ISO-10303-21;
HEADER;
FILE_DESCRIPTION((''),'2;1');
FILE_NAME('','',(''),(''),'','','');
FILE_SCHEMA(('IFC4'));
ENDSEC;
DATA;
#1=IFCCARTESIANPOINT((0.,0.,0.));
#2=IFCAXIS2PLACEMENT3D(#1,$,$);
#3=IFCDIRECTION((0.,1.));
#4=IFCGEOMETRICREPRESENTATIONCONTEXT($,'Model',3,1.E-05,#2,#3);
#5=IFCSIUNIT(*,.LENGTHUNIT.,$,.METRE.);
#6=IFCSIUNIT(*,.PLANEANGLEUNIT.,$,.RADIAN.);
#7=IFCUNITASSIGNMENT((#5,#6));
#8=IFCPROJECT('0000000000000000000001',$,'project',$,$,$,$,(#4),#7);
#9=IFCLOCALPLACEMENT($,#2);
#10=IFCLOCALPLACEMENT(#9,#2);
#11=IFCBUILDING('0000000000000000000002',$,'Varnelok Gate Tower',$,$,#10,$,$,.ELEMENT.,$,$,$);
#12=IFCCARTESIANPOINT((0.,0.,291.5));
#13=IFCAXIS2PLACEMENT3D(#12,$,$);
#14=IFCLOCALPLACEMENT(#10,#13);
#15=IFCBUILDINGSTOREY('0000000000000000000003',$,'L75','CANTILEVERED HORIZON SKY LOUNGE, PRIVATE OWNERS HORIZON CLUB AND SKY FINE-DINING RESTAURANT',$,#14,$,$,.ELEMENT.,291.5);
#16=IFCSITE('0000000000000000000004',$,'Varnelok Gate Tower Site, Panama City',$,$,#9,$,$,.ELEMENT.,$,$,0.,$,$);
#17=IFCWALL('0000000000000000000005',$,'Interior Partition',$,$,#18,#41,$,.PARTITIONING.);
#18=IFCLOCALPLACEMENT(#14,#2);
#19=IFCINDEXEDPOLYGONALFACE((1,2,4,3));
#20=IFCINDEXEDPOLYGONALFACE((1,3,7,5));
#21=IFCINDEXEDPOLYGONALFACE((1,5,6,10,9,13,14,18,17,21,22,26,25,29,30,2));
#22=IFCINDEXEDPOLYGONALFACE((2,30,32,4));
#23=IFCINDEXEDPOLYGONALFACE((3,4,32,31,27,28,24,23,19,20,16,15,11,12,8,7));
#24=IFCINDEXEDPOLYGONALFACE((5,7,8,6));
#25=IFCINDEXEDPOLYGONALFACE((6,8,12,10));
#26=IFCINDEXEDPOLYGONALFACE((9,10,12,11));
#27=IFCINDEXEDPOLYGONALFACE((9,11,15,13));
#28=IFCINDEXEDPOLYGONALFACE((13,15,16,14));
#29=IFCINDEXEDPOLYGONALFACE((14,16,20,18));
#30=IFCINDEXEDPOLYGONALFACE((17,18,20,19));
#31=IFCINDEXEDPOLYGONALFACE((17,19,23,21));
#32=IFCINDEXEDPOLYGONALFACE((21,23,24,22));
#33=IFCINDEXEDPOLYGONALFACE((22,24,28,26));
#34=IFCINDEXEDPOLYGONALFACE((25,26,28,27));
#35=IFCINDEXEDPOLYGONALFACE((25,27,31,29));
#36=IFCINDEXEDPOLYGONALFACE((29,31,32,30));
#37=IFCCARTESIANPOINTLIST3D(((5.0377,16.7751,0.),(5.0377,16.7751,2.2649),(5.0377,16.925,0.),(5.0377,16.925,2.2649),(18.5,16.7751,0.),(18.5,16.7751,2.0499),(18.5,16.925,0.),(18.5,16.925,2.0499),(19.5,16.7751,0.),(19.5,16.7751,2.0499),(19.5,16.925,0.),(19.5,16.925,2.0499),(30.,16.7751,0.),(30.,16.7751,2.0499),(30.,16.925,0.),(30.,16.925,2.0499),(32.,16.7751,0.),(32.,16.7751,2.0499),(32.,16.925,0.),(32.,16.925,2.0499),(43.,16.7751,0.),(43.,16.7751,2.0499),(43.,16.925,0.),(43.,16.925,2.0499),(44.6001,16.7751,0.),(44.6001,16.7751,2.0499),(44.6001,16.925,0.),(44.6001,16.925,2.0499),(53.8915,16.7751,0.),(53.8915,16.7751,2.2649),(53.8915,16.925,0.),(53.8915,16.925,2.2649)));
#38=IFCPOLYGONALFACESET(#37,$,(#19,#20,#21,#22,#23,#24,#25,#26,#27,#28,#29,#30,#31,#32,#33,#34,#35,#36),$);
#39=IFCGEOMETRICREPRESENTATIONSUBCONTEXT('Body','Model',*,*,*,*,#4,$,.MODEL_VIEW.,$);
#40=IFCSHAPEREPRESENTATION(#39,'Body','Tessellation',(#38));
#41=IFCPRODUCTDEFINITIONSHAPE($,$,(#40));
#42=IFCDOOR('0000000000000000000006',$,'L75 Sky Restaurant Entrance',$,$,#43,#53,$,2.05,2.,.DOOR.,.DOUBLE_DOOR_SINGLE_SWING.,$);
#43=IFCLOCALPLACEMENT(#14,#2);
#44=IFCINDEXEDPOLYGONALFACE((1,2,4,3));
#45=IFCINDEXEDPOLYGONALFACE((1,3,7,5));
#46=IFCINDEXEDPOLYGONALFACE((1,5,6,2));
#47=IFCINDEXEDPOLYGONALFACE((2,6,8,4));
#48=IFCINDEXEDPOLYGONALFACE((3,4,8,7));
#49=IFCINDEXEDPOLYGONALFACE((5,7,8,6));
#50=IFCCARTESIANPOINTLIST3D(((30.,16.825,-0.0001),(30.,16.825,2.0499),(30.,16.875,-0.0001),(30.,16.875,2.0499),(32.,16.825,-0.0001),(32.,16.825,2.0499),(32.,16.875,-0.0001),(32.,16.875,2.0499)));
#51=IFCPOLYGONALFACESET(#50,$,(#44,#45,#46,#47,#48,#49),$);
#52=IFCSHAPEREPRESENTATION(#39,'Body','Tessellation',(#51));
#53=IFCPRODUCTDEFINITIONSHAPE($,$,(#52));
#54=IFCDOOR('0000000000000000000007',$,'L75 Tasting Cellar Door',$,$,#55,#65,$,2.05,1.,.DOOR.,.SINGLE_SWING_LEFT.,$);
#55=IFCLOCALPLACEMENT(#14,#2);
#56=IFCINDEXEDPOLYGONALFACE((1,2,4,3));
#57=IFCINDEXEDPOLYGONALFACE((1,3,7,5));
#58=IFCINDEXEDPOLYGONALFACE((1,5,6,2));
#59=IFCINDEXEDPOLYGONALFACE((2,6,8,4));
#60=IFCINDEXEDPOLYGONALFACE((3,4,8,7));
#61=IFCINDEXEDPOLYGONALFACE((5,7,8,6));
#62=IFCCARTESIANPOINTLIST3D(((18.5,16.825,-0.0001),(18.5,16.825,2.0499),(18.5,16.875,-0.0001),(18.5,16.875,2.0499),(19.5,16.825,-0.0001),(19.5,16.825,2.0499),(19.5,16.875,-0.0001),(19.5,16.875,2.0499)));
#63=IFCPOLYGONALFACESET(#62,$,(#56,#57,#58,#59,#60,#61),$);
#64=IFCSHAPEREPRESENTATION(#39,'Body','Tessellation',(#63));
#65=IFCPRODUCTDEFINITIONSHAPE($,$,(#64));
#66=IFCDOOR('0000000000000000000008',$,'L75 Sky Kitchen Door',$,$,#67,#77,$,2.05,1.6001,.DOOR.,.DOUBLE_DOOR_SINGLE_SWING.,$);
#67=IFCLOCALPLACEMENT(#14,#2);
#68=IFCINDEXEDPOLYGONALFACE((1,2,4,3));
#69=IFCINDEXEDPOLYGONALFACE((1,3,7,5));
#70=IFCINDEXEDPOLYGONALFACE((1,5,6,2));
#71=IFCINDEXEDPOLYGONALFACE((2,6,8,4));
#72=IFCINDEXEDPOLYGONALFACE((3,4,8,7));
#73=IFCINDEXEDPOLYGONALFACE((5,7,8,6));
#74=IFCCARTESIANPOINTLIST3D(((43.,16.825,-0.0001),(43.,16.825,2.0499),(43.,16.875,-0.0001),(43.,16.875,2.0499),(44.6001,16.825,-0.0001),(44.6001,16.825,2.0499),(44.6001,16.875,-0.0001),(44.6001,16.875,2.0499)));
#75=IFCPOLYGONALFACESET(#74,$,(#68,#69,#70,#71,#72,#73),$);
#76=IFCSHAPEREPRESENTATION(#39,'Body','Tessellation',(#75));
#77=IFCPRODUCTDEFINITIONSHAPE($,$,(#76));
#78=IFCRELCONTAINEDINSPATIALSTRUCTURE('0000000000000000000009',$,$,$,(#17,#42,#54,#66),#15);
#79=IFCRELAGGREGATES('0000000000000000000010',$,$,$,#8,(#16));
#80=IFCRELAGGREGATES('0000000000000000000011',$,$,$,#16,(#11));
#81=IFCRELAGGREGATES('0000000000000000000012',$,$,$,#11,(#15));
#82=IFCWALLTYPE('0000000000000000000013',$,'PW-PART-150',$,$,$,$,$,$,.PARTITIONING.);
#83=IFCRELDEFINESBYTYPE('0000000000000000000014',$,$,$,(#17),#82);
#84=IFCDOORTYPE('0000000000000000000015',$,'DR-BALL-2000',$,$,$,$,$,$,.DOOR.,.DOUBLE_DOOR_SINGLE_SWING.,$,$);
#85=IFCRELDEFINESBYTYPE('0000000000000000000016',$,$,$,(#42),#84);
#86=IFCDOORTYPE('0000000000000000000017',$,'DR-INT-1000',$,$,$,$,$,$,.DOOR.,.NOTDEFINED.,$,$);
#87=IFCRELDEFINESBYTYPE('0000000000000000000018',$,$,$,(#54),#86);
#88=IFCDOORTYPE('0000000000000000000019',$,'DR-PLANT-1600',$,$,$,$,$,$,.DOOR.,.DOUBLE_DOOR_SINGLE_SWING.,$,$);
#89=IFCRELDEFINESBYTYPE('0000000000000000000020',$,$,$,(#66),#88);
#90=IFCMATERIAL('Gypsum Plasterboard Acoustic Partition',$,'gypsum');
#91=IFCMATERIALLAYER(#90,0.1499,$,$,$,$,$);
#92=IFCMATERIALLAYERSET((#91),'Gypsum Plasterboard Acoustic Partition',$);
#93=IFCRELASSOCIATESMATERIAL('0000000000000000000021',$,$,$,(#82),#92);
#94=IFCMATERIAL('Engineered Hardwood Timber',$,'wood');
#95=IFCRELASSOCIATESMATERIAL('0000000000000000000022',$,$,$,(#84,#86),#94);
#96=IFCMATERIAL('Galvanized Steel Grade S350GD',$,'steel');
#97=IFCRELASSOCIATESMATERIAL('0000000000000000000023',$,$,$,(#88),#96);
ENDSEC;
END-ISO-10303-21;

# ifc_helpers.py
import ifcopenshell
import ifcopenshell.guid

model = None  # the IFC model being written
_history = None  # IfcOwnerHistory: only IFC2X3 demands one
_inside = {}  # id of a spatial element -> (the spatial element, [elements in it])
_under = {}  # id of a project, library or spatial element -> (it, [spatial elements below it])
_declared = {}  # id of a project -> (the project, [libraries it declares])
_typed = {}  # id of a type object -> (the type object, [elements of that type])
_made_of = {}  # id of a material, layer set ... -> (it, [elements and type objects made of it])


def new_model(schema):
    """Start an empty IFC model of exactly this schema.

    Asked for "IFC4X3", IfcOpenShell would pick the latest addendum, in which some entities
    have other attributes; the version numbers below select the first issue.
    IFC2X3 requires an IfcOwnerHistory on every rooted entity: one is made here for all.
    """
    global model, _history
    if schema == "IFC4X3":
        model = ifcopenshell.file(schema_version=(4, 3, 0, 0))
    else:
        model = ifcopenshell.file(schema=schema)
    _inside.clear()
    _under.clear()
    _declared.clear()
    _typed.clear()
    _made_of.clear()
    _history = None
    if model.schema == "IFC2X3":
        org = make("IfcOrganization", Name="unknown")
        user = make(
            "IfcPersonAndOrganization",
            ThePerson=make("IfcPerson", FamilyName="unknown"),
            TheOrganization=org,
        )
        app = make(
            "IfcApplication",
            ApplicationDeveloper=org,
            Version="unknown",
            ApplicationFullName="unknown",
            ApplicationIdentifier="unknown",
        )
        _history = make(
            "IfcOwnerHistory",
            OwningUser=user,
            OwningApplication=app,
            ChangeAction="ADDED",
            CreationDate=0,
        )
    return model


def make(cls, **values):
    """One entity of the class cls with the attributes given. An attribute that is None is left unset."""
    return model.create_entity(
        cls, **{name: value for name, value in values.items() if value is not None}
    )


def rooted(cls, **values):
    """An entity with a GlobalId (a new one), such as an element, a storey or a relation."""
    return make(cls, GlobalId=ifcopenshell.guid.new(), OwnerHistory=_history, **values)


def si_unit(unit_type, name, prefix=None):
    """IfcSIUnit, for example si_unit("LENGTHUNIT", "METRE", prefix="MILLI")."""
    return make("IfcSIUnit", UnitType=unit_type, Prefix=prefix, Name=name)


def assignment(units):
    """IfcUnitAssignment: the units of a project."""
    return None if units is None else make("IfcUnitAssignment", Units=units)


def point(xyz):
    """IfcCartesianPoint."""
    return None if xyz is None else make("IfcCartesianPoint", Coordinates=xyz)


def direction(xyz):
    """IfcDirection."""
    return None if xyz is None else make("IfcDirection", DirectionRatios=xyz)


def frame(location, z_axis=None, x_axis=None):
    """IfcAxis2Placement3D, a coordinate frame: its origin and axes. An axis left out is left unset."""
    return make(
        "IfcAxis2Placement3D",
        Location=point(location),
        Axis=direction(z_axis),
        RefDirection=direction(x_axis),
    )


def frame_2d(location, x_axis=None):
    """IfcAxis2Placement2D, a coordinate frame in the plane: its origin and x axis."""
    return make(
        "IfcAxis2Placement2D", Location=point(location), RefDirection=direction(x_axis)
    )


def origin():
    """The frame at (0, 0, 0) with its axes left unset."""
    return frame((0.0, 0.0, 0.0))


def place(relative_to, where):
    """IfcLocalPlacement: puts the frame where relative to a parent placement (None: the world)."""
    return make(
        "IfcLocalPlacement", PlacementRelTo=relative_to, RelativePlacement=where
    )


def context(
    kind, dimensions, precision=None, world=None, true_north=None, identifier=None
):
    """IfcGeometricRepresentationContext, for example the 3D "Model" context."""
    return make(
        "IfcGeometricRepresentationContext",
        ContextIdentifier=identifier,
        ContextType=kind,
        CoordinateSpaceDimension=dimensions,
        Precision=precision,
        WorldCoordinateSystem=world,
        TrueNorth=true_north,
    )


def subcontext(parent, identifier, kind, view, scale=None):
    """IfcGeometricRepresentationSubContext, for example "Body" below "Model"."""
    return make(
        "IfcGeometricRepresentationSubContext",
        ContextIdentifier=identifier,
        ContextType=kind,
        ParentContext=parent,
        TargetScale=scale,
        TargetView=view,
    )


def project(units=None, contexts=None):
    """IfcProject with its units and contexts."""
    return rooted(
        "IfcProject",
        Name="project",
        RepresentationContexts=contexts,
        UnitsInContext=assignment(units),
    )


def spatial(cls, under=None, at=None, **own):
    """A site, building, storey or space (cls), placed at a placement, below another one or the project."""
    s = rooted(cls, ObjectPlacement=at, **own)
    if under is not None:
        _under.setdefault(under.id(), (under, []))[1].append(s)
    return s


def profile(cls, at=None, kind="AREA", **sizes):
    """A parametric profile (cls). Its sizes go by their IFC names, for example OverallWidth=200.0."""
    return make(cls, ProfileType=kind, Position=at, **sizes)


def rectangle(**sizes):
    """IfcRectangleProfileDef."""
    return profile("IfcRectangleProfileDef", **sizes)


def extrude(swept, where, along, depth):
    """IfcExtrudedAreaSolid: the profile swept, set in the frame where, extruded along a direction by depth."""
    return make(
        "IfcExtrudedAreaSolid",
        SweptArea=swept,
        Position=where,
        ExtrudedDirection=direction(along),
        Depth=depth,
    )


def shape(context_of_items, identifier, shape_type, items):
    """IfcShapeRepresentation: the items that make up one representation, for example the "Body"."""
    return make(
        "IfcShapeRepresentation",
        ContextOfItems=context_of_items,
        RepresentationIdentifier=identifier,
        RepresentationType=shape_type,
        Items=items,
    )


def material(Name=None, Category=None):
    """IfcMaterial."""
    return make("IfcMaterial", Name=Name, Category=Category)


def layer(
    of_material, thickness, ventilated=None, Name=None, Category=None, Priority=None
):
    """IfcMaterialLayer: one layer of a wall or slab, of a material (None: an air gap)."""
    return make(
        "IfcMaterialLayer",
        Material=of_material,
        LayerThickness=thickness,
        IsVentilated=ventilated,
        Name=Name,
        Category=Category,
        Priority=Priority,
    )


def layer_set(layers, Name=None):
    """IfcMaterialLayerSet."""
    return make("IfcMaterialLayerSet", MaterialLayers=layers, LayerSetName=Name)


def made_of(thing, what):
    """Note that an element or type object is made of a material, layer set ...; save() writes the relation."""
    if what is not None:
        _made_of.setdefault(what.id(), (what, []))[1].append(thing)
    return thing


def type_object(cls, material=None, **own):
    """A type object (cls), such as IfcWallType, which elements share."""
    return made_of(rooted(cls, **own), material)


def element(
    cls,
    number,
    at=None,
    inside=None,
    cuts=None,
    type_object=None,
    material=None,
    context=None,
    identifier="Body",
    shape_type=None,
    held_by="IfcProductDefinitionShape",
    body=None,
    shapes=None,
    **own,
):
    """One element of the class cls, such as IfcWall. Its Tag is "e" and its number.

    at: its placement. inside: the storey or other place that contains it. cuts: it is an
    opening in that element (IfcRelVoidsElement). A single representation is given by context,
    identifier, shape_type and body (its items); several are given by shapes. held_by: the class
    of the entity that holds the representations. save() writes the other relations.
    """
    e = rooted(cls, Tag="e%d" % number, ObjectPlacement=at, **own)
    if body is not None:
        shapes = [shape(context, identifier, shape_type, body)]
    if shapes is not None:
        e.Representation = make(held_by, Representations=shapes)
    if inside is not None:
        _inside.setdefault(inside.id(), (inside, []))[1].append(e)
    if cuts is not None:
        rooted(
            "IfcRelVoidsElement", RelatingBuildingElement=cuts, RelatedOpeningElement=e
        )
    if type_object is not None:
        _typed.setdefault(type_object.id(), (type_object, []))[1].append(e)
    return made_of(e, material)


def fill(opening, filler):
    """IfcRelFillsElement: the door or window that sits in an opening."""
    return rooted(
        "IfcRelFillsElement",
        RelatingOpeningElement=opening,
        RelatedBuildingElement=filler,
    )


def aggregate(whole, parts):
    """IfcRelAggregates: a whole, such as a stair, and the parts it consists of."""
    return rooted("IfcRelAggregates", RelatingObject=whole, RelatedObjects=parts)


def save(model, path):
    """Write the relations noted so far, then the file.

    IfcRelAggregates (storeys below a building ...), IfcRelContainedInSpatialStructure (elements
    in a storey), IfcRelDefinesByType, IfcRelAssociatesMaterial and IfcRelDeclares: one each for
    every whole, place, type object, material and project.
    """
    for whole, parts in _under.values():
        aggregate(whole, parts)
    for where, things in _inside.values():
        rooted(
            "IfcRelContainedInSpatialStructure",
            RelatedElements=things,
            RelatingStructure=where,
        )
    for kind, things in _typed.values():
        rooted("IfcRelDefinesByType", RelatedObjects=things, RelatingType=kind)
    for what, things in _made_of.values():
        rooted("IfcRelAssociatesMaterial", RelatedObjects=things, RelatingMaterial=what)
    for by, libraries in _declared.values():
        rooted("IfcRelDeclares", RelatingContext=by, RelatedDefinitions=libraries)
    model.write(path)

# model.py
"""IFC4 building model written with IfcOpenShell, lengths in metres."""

from ifc_helpers import new_model, si_unit, direction, frame, frame_2d, origin, place, context, subcontext, project, spatial, rectangle, extrude, material, layer, layer_set, type_object, element, fill, save


model = new_model("IFC4")

# Units and contexts
model_context = context("Model", 3, precision=1e-05, world=origin(), true_north=direction((0.0, 1.0)))
body_context = subcontext(model_context, "Body", "Model", "MODEL_VIEW")
ifc_project = project(units=[si_unit("LENGTHUNIT", "METRE"), si_unit("PLANEANGLEUNIT", "RADIAN")], contexts=[model_context])

# Site, building, storey
site_placement = place(None, origin())
site = spatial("IfcSite", under=ifc_project, at=site_placement, Name="Varnelok Gate Tower Site, Panama City", CompositionType="ELEMENT", RefElevation=0.0)
building_placement = place(site_placement, origin())
building = spatial("IfcBuilding", under=site, at=building_placement, Name="Varnelok Gate Tower", CompositionType="ELEMENT")
storey_placement = place(building_placement, frame((0.0, 0.0, 291.5)))
storey = spatial("IfcBuildingStorey", under=building, at=storey_placement, Name="L75", Description="CANTILEVERED HORIZON SKY LOUNGE, PRIVATE OWNERS HORIZON CLUB AND SKY FINE-DINING RESTAURANT", CompositionType="ELEMENT", Elevation=291.5)

# Wall, openings, doors
ifc_material_1 = material(Name="Gypsum Plasterboard Acoustic Partition", Category="gypsum")
ifc_layer_1 = layer(ifc_material_1, 0.1499)
ifc_layer_set_1 = layer_set([ifc_layer_1], Name="Gypsum Plasterboard Acoustic Partition")
wall_type = type_object("IfcWallType", Name="PW-PART-150", PredefinedType="PARTITIONING", material=ifc_layer_set_1)
wall_placement = place(storey_placement, frame((5.0378, 16.8501, 0.0), z_axis=(0.0, 0.0, 1.0), x_axis=(1.0, 0.0, 0.0)))
wall = element("IfcWall", 1, at=wall_placement, inside=storey, type_object=wall_type, Name="Interior Partition", PredefinedType="PARTITIONING", context=body_context, shape_type="SweptSolid", body=[
    extrude(rectangle(XDim=48.8538, YDim=0.1499, at=frame_2d((24.4268, 0.0))), origin(), (0.0, 0.0, 1.0), 2.2649),
])
opening_1_placement = place(wall_placement, frame((13.4622, 0.0, 0.0)))
opening_1 = element("IfcOpeningElement", 2, at=opening_1_placement, cuts=wall, PredefinedType="OPENING", context=body_context, shape_type="SweptSolid", body=[
    extrude(rectangle(XDim=1.0, YDim=2.05, at=frame_2d((0.5, 1.0249))), frame((0.0, 0.085, 0.0), z_axis=(0.0, -1.0, 0.0), x_axis=(1.0, 0.0, 0.0)), (0.0, 0.0, 1.0), 0.1699),
])
opening_2_placement = place(wall_placement, frame((24.9622, 0.0, 0.0)))
opening_2 = element("IfcOpeningElement", 3, at=opening_2_placement, cuts=wall, PredefinedType="OPENING", context=body_context, shape_type="SweptSolid", body=[
    extrude(rectangle(XDim=2.0, YDim=2.05, at=frame_2d((1.0, 1.0249))), frame((0.0, 0.085, 0.0), z_axis=(0.0, -1.0, 0.0), x_axis=(1.0, 0.0, 0.0)), (0.0, 0.0, 1.0), 0.1699),
])
opening_3_placement = place(wall_placement, frame((37.9622, 0.0, 0.0)))
opening_3 = element("IfcOpeningElement", 4, at=opening_3_placement, cuts=wall, PredefinedType="OPENING", context=body_context, shape_type="SweptSolid", body=[
    extrude(rectangle(XDim=1.6001, YDim=2.05, at=frame_2d((0.8, 1.0249))), frame((0.0, 0.085, 0.0), z_axis=(0.0, -1.0, 0.0), x_axis=(1.0, 0.0, 0.0)), (0.0, 0.0, 1.0), 0.1699),
])
ifc_material_2 = material(Name="Engineered Hardwood Timber", Category="wood")
door_type_1 = type_object("IfcDoorType", Name="DR-BALL-2000", OperationType="DOUBLE_DOOR_SINGLE_SWING", PredefinedType="DOOR", material=ifc_material_2)
door_1_placement = place(opening_2_placement, origin())
door_1 = element("IfcDoor", 5, at=door_1_placement, inside=storey, type_object=door_type_1, Name="L75 Sky Restaurant Entrance", OperationType="DOUBLE_DOOR_SINGLE_SWING", OverallHeight=2.05, OverallWidth=2.0, PredefinedType="DOOR", context=body_context, shape_type="SweptSolid", body=[
    extrude(rectangle(XDim=2.0, YDim=2.05, at=frame_2d((1.0, 1.0249))), frame((0.0, 0.0249, 0.0), z_axis=(0.0, -1.0, 0.0), x_axis=(1.0, 0.0, 0.0)), (0.0, 0.0, 1.0), 0.05),
])
fill(opening_2, door_1)
door_type_2 = type_object("IfcDoorType", Name="DR-INT-1000", OperationType="NOTDEFINED", PredefinedType="DOOR", material=ifc_material_2)
door_2_placement = place(opening_1_placement, origin())
door_2 = element("IfcDoor", 6, at=door_2_placement, inside=storey, type_object=door_type_2, Name="L75 Tasting Cellar Door", OperationType="SINGLE_SWING_LEFT", OverallHeight=2.05, OverallWidth=1.0, PredefinedType="DOOR", context=body_context, shape_type="SweptSolid", body=[
    extrude(rectangle(XDim=1.0, YDim=2.05, at=frame_2d((0.5, 1.0249))), frame((0.0, 0.0249, 0.0), z_axis=(0.0, -1.0, 0.0), x_axis=(1.0, 0.0, 0.0)), (0.0, 0.0, 1.0), 0.05),
])
fill(opening_1, door_2)
ifc_material_3 = material(Name="Galvanized Steel Grade S350GD", Category="steel")
door_type_3 = type_object("IfcDoorType", Name="DR-PLANT-1600", OperationType="DOUBLE_DOOR_SINGLE_SWING", PredefinedType="DOOR", material=ifc_material_3)
door_3_placement = place(opening_3_placement, origin())
door_3 = element("IfcDoor", 7, at=door_3_placement, inside=storey, type_object=door_type_3, Name="L75 Sky Kitchen Door", OperationType="DOUBLE_DOOR_SINGLE_SWING", OverallHeight=2.05, OverallWidth=1.6001, PredefinedType="DOOR", context=body_context, shape_type="SweptSolid", body=[
    extrude(rectangle(XDim=1.6001, YDim=2.05, at=frame_2d((0.8, 1.0249))), frame((0.0, 0.0249, 0.0), z_axis=(0.0, -1.0, 0.0), x_axis=(1.0, 0.0, 0.0)), (0.0, 0.0, 1.0), 0.05),
])
fill(opening_3, door_3)

save(model, "model.ifc")
